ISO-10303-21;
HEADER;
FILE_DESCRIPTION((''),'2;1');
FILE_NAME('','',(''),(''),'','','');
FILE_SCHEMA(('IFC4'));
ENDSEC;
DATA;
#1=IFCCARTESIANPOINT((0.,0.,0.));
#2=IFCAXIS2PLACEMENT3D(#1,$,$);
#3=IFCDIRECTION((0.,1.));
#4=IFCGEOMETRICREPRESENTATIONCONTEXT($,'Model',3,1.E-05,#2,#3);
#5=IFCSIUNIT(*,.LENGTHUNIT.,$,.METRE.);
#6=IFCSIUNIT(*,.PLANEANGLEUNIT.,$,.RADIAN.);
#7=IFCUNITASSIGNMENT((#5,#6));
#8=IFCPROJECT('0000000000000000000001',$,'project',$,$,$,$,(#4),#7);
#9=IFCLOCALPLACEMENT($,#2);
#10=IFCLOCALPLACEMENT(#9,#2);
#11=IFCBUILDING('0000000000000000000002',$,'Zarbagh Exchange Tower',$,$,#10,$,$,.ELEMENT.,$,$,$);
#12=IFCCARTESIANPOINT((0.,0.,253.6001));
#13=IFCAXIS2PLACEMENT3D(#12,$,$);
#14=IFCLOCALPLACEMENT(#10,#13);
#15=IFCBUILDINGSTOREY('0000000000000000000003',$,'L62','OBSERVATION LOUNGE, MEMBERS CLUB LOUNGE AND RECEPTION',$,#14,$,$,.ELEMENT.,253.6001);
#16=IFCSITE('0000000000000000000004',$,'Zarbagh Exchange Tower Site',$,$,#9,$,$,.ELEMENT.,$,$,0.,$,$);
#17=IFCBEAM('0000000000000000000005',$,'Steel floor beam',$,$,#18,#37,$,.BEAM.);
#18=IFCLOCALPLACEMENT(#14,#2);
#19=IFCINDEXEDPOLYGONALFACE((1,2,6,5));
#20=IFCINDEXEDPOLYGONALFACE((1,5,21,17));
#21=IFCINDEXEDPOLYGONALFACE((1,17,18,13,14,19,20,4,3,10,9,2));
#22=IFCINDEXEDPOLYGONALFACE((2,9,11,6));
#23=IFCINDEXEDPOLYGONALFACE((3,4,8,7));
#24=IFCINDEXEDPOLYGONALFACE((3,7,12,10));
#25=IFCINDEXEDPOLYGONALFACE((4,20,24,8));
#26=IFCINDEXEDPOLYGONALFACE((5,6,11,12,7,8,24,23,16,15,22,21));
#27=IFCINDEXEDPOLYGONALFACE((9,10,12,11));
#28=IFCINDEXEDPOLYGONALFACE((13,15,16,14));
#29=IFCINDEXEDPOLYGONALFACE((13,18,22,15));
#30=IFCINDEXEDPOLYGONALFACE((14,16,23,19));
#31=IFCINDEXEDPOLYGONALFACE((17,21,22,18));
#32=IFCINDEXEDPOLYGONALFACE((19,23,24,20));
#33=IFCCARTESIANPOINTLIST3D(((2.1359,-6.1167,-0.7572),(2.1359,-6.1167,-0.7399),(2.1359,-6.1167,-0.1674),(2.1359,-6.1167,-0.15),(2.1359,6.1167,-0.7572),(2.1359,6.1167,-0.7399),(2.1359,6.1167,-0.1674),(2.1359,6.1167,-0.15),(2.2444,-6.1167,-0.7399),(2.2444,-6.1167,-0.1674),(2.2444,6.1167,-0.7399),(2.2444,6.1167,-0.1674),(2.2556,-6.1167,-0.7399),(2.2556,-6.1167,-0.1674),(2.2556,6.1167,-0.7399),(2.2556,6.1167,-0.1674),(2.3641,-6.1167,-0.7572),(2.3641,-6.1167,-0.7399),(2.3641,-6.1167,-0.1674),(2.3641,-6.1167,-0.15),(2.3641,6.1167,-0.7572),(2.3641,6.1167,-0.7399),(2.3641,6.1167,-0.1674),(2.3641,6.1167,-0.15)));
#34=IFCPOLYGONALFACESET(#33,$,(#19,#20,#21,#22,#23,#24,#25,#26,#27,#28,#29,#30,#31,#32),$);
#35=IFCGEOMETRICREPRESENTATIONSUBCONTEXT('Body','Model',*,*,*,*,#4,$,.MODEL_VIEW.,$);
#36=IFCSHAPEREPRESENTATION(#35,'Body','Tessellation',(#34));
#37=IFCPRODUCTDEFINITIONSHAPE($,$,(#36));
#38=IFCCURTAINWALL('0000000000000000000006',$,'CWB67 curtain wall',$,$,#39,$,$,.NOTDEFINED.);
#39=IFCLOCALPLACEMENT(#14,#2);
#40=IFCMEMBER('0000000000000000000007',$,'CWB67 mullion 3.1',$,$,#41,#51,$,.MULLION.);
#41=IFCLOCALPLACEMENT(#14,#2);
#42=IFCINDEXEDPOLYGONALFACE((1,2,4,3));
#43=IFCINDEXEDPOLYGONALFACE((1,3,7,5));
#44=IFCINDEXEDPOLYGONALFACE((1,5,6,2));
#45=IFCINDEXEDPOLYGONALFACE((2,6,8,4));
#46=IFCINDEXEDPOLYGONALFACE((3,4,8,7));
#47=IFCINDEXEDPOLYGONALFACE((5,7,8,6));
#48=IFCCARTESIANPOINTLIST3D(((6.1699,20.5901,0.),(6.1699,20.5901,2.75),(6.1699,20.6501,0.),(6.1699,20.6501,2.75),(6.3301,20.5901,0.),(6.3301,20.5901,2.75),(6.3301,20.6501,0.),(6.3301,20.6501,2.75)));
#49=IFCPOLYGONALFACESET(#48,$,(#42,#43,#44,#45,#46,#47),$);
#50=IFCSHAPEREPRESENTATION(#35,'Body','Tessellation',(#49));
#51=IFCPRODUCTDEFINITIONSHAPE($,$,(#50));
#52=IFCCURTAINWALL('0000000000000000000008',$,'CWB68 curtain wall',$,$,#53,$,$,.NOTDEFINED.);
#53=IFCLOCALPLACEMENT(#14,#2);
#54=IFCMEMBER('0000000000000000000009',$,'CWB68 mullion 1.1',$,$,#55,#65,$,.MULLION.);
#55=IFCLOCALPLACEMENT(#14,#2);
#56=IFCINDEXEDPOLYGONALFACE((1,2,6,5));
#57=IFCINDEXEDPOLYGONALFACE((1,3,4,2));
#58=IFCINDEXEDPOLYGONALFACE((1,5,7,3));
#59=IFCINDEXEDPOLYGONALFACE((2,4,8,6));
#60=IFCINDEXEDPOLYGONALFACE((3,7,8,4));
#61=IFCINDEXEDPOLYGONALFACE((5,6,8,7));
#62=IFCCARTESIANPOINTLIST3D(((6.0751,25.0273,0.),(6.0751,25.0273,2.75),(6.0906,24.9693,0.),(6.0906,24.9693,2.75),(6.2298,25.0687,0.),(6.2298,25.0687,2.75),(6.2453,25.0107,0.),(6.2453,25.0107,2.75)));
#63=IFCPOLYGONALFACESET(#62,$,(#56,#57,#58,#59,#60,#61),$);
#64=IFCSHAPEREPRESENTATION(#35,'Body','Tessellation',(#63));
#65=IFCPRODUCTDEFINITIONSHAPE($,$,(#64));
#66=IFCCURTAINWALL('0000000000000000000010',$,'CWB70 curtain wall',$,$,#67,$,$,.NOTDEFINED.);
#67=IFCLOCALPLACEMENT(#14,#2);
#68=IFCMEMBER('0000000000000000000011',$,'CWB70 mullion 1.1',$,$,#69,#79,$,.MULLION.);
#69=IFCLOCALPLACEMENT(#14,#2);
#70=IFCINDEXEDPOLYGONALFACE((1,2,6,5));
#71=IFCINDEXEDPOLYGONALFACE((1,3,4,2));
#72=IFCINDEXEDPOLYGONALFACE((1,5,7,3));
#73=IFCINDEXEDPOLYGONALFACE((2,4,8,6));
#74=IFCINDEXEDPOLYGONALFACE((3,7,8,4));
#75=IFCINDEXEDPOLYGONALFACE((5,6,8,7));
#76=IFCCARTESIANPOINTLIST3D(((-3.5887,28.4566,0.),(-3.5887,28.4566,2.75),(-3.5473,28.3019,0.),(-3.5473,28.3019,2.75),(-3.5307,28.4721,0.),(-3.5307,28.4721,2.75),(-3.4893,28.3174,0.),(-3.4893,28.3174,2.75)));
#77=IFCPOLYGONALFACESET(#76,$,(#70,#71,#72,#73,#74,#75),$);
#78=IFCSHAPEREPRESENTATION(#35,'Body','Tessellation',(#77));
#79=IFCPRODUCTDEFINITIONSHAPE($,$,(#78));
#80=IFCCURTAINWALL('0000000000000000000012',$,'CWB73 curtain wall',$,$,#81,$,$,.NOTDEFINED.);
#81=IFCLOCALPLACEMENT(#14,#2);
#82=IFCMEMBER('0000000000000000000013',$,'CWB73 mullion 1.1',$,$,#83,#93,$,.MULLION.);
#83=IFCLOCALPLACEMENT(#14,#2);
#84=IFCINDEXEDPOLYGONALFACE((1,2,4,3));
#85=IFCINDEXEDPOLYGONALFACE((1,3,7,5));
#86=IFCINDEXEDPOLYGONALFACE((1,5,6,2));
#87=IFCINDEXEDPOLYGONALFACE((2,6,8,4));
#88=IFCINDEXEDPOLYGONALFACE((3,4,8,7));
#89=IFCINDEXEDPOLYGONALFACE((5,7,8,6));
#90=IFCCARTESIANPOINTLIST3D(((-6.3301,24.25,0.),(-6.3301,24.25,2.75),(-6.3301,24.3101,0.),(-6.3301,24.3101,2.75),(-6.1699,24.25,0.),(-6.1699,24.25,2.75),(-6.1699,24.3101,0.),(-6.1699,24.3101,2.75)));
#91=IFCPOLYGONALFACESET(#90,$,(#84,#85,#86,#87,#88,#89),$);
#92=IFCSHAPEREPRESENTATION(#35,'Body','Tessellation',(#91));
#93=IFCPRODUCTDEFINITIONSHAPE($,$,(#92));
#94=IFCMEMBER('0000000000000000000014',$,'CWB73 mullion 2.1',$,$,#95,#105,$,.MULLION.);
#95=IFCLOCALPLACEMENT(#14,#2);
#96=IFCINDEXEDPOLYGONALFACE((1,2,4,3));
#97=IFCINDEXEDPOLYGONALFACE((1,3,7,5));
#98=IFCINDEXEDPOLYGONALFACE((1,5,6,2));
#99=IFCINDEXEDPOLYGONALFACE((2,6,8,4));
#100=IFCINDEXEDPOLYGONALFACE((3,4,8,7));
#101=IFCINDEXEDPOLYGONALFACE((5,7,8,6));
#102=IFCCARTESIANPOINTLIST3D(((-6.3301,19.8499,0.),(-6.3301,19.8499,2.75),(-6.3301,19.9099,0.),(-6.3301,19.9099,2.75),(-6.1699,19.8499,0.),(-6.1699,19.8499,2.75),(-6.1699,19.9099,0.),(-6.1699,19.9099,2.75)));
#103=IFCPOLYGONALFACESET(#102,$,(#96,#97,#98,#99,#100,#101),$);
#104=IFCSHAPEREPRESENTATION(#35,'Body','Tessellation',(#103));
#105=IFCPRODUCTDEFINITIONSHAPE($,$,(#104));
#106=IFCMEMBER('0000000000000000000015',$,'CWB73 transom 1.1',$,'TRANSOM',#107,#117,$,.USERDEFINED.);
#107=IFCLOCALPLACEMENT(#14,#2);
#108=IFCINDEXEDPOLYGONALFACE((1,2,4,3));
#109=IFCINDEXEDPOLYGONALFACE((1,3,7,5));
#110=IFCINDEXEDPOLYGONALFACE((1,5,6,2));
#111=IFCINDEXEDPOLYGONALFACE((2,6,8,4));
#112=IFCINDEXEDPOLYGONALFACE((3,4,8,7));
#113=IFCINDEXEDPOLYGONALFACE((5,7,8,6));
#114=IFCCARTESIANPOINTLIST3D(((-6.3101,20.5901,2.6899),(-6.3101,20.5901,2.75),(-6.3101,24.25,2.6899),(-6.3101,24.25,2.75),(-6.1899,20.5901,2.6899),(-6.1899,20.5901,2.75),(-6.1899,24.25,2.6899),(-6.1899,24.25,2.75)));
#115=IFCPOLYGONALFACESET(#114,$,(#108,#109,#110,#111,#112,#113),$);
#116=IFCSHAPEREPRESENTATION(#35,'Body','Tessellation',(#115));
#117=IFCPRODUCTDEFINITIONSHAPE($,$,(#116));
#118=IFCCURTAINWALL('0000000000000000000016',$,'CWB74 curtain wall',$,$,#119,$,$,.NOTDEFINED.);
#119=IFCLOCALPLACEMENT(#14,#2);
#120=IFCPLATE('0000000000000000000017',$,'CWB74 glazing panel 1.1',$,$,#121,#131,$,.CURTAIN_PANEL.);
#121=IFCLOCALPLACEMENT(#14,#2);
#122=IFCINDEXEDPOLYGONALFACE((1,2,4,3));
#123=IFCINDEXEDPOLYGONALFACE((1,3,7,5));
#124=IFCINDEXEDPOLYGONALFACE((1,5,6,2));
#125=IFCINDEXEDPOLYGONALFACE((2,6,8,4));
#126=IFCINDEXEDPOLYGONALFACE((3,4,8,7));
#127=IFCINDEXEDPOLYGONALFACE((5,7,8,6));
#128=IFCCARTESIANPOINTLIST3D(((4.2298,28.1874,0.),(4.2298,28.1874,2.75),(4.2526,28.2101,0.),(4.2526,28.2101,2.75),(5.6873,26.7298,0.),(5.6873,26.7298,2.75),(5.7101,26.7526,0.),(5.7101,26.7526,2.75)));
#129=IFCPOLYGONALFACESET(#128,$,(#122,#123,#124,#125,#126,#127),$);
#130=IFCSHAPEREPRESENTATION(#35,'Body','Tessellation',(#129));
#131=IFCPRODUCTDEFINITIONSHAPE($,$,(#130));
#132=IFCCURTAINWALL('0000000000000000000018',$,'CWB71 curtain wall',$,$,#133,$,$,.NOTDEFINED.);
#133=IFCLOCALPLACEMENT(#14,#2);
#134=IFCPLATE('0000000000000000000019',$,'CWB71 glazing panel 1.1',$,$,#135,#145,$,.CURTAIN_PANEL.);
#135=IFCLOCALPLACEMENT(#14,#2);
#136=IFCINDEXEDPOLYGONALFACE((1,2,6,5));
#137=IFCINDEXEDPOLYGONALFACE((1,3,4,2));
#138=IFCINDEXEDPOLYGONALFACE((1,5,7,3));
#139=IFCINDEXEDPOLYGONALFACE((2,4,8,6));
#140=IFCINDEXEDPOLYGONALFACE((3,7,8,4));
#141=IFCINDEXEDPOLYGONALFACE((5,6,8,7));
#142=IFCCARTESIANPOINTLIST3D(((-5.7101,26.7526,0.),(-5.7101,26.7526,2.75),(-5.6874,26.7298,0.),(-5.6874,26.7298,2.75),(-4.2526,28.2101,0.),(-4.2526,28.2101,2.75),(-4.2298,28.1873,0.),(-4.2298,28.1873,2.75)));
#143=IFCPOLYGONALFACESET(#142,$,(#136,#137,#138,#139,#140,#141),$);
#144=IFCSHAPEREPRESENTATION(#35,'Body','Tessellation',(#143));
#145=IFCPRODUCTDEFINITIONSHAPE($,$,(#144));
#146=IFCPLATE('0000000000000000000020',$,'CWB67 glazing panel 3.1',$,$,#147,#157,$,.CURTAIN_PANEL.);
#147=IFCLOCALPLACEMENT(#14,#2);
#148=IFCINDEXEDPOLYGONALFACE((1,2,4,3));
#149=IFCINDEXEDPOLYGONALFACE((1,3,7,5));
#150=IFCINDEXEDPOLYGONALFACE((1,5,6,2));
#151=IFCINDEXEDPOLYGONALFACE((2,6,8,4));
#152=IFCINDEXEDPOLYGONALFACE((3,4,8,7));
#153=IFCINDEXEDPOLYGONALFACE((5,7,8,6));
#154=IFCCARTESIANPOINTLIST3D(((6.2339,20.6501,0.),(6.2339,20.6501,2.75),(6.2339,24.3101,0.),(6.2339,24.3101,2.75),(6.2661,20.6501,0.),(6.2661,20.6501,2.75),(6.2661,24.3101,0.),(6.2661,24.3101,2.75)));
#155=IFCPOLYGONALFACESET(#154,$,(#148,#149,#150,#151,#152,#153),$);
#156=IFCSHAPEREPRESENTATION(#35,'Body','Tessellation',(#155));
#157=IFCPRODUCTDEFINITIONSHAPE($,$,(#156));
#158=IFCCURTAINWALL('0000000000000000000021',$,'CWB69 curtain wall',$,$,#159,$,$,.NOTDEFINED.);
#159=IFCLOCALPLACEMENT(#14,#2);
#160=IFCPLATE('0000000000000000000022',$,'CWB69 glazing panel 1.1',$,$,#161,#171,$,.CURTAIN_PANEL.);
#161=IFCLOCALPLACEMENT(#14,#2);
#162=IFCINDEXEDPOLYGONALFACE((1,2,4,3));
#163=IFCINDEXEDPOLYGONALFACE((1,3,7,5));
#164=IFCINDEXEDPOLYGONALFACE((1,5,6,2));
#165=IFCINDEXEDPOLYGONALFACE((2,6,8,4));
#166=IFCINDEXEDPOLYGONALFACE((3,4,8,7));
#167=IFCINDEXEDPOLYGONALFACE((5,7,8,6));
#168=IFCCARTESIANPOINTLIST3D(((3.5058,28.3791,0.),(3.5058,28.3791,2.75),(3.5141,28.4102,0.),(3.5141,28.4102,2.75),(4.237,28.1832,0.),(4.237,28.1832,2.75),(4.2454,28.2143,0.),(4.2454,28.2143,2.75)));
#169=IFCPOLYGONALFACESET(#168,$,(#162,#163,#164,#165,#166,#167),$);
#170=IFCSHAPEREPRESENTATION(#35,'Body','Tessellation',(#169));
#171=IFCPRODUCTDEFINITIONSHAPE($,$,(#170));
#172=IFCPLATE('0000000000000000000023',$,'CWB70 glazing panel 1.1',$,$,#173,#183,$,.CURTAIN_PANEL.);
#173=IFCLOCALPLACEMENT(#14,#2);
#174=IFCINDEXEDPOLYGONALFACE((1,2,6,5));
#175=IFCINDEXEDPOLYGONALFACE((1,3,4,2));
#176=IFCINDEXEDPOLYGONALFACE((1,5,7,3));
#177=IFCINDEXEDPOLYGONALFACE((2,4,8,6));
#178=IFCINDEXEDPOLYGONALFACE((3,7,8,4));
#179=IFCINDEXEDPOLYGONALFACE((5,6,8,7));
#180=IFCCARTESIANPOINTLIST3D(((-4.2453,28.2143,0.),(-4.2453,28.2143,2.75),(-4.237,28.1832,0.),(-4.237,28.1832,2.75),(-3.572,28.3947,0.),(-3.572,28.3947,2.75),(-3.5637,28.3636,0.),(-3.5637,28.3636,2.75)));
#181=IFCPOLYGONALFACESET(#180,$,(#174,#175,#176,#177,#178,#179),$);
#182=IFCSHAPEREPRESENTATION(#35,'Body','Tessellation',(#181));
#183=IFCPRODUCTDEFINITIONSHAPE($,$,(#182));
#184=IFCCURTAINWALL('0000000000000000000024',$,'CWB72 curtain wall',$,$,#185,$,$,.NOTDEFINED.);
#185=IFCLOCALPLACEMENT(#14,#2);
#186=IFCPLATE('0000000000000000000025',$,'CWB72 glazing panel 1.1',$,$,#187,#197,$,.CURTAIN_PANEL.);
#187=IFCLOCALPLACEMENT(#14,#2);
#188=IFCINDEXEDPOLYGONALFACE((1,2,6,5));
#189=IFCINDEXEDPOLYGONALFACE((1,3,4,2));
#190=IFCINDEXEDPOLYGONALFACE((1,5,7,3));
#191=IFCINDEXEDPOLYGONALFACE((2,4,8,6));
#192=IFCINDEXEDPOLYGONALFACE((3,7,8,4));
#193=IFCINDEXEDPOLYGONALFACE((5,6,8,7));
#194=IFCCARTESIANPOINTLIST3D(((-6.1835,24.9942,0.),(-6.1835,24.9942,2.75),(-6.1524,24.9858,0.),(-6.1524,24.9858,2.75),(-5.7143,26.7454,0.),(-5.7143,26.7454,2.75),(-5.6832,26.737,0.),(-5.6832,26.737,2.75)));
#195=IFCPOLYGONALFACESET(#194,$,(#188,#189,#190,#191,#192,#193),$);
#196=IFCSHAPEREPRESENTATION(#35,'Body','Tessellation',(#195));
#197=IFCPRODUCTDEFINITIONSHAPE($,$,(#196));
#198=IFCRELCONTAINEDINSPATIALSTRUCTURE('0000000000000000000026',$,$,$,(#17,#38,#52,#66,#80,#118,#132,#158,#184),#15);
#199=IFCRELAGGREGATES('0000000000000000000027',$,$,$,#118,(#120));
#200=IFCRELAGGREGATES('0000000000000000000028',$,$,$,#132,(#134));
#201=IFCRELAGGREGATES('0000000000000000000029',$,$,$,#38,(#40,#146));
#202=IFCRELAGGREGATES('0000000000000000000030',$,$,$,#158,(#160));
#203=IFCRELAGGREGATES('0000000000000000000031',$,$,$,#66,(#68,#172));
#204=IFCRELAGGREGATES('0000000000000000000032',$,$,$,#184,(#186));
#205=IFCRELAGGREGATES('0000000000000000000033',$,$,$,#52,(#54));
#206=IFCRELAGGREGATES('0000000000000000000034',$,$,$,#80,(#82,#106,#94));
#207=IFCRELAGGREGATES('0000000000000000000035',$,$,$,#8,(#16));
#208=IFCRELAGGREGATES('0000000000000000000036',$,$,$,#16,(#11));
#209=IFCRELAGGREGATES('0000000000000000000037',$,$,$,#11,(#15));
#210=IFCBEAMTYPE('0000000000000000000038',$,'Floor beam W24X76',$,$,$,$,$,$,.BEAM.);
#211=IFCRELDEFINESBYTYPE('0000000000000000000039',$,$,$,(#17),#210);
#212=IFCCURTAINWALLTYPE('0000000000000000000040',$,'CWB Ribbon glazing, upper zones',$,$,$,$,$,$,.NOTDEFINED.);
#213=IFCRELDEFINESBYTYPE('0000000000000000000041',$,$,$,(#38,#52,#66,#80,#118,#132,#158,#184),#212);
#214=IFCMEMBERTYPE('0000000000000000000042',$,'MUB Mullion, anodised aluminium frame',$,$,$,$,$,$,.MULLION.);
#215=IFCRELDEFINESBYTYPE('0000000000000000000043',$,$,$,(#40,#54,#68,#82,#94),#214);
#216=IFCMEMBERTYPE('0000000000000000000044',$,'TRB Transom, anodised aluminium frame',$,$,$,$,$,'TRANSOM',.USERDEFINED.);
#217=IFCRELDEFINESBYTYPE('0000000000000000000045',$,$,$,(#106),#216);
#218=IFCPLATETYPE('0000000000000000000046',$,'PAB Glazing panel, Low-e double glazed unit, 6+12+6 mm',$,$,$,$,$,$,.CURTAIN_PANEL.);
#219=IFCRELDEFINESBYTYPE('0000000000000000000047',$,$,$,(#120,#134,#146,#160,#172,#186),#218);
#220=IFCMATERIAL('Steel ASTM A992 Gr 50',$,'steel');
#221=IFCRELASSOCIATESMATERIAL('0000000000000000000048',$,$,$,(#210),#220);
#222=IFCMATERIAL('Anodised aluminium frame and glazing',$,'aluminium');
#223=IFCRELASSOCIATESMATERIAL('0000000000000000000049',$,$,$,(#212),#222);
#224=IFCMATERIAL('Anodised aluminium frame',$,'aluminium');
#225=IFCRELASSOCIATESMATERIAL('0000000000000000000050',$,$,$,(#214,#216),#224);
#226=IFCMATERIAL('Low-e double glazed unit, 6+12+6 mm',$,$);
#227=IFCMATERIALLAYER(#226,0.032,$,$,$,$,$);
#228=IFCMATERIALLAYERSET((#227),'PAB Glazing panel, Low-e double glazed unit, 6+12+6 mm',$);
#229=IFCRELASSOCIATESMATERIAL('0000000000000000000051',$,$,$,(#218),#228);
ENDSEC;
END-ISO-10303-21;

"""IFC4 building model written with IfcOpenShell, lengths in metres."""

from ifc_helpers import new_model, si_unit, direction, frame, origin, origin_2d, place, context, subcontext, project, spatial, polyline, i_section, outline, extrude, source, transform, mapped, material, layer, layer_set, material_profile, profile_set, type_object, element, aggregate, save


model = new_model("IFC4")

# Units and contexts
model_context = context("Model", 3, precision=1e-05, world=origin(), true_north=direction((0.0, 1.0)))
body_context = subcontext(model_context, "Body", "Model", "MODEL_VIEW")
ifc_project = project(units=[si_unit("LENGTHUNIT", "METRE"), si_unit("PLANEANGLEUNIT", "RADIAN")], contexts=[model_context])

# Site, building, storey
site_placement = place(None, origin())
site = spatial("IfcSite", under=ifc_project, at=site_placement, Name="Zarbagh Exchange Tower Site", CompositionType="ELEMENT", RefElevation=0.0)
building_placement = place(site_placement, origin())
building = spatial("IfcBuilding", under=site, at=building_placement, Name="Zarbagh Exchange Tower", CompositionType="ELEMENT")
storey_placement = place(building_placement, frame((0.0, 0.0, 253.6001)))
storey = spatial("IfcBuildingStorey", under=building, at=storey_placement, Name="L62", Description="OBSERVATION LOUNGE, MEMBERS CLUB LOUNGE AND RECEPTION", CompositionType="ELEMENT", Elevation=253.6001)

# Beam
ifc_material_1 = material(Name="Steel ASTM A992 Gr 50", Category="steel")
ifc_material_profile = material_profile(ifc_material_1, i_section(OverallWidth=0.2283, OverallDepth=0.6072, WebThickness=0.0112, FlangeThickness=0.0173, at=origin_2d()), Name="W24X76")
ifc_profile_set = profile_set([ifc_material_profile], Name="Steel ASTM A992 Gr 50")
beam_type = type_object("IfcBeamType", Name="Floor beam W24X76", PredefinedType="BEAM", material=ifc_profile_set)
beam_placement = place(storey_placement, frame((2.25, -6.1167, -0.4536), z_axis=(0.0, 1.0, 0.0), x_axis=(-1.0, 0.0, 0.0)))
element("IfcBeam", 1, at=beam_placement, inside=storey, type_object=beam_type, Name="Steel floor beam", PredefinedType="BEAM", context=body_context, shape_type="SweptSolid", body=[
    extrude(i_section(OverallWidth=0.2283, OverallDepth=0.6072, WebThickness=0.0112, FlangeThickness=0.0173, at=origin_2d()), origin(), (0.0, 0.0, 1.0), 12.2334),
])

# Curtain walls, members
ifc_material_2 = material(Name="Anodised aluminium frame and glazing", Category="aluminium")
curtain_wall_type = type_object("IfcCurtainWallType", Name="CWB Ribbon glazing, upper zones", PredefinedType="NOTDEFINED", material=ifc_material_2)
curtain_wall_1_placement = place(storey_placement, origin())
curtain_wall_1 = element("IfcCurtainWall", 2, at=curtain_wall_1_placement, inside=storey, type_object=curtain_wall_type, Name="CWB67 curtain wall", PredefinedType="NOTDEFINED")
ifc_material_3 = material(Name="Anodised aluminium frame", Category="aluminium")
member_type_1 = type_object("IfcMemberType", Name="MUB Mullion, anodised aluminium frame", PredefinedType="MULLION", material=ifc_material_3)
shared_shape_1 = source(origin(), body_context, "Body", "SweptSolid", [
    extrude(outline(polyline([(0.0, -0.0801), (0.0601, -0.0801), (0.0601, 0.0801), (0.0, 0.0801), (0.0, -0.0801)])), origin(), (0.0, 0.0, 1.0), 2.75),
])
placement = place(storey_placement, origin())
member_1 = element("IfcMember", 3, at=placement, type_object=member_type_1, Name="CWB67 mullion 3.1", PredefinedType="MULLION", context=body_context, shape_type="MappedRepresentation", body=[
    mapped(shared_shape_1, transform((6.25, 20.5901, 0.0), x_axis=(0.0, 1.0, 0.0), y_axis=(-1.0, 0.0, 0.0), z_axis=(0.0, 0.0, 1.0))),
])
curtain_wall_2_placement = place(storey_placement, origin())
curtain_wall_2 = element("IfcCurtainWall", 4, at=curtain_wall_2_placement, inside=storey, type_object=curtain_wall_type, Name="CWB68 curtain wall", PredefinedType="NOTDEFINED")
member_2 = element("IfcMember", 5, at=placement, type_object=member_type_1, Name="CWB68 mullion 1.1", PredefinedType="MULLION", context=body_context, shape_type="MappedRepresentation", body=[
    mapped(shared_shape_1, transform((6.168, 24.99, 0.0), x_axis=(-0.258825, 0.965924, 0.0), y_axis=(-0.965924, -0.258825, 0.0), z_axis=(0.0, 0.0, 1.0))),
])
curtain_wall_3_placement = place(storey_placement, origin())
curtain_wall_3 = element("IfcCurtainWall", 6, at=curtain_wall_3_placement, inside=storey, type_object=curtain_wall_type, Name="CWB70 curtain wall", PredefinedType="NOTDEFINED")
member_3 = element("IfcMember", 7, at=placement, type_object=member_type_1, Name="CWB70 mullion 1.1", PredefinedType="MULLION", context=body_context, shape_type="MappedRepresentation", body=[
    mapped(shared_shape_1, transform((-3.51, 28.3948, 0.0), x_axis=(-0.965924, -0.258825, 0.0), y_axis=(0.258825, -0.965924, 0.0), z_axis=(0.0, 0.0, 1.0))),
])

# Curtain wall, members
curtain_wall_4_placement = place(storey_placement, origin())
curtain_wall_4 = element("IfcCurtainWall", 8, at=curtain_wall_4_placement, inside=storey, type_object=curtain_wall_type, Name="CWB73 curtain wall", PredefinedType="NOTDEFINED")
member_4 = element("IfcMember", 9, at=placement, type_object=member_type_1, Name="CWB73 mullion 1.1", PredefinedType="MULLION", context=body_context, shape_type="MappedRepresentation", body=[
    mapped(shared_shape_1, transform((-6.25, 24.3101, 0.0), x_axis=(0.0, -1.0, 0.0), y_axis=(1.0, 0.0, 0.0), z_axis=(0.0, 0.0, 1.0))),
])
member_5 = element("IfcMember", 10, at=placement, type_object=member_type_1, Name="CWB73 mullion 2.1", PredefinedType="MULLION", context=body_context, shape_type="MappedRepresentation", body=[
    mapped(shared_shape_1, transform((-6.25, 19.9099, 0.0), x_axis=(0.0, -1.0, 0.0), y_axis=(1.0, 0.0, 0.0), z_axis=(0.0, 0.0, 1.0))),
])
member_type_2 = type_object("IfcMemberType", Name="TRB Transom, anodised aluminium frame", ElementType="TRANSOM", PredefinedType="USERDEFINED", material=ifc_material_3)
shared_shape_2 = source(origin(), body_context, "Body", "SweptSolid", [
    extrude(outline(polyline([(-0.0601, -0.0601), (0.0, -0.0601), (0.0, 0.0601), (-0.0601, 0.0601), (-0.0601, -0.0601)])), origin(), (0.0, 0.0, 1.0), 3.6599),
])
member_6 = element("IfcMember", 11, at=placement, type_object=member_type_2, Name="CWB73 transom 1.1", ObjectType="TRANSOM", PredefinedType="USERDEFINED", context=body_context, shape_type="MappedRepresentation", body=[
    mapped(shared_shape_2, transform((-6.25, 24.25, 2.75), x_axis=(0.0, 0.0, 1.0), y_axis=(-1.0, 0.0, 0.0), z_axis=(0.0, -1.0, 0.0))),
])

# Curtain walls, plates
curtain_wall_5_placement = place(storey_placement, origin())
curtain_wall_5 = element("IfcCurtainWall", 12, at=curtain_wall_5_placement, inside=storey, type_object=curtain_wall_type, Name="CWB74 curtain wall", PredefinedType="NOTDEFINED")
ifc_material_4 = material(Name="Low-e double glazed unit, 6+12+6 mm")
ifc_layer_1 = layer(ifc_material_4, 0.032)
ifc_layer_set_1 = layer_set([ifc_layer_1], Name="PAB Glazing panel, Low-e double glazed unit, 6+12+6 mm")
plate_type = type_object("IfcPlateType", Name="PAB Glazing panel, Low-e double glazed unit, 6+12+6 mm", PredefinedType="CURTAIN_PANEL", material=ifc_layer_set_1)
shared_shape_3 = source(origin(), body_context, "Body", "SweptSolid", [
    extrude(outline(polyline([(0.0, -0.0161), (2.0613, -0.0161), (2.0613, 0.0161), (0.0, 0.0161), (0.0, -0.0161)])), origin(), (0.0, 0.0, 1.0), 2.75),
])
plate_1 = element("IfcPlate", 13, at=placement, type_object=plate_type, Name="CWB74 glazing panel 1.1", PredefinedType="CURTAIN_PANEL", context=body_context, shape_type="MappedRepresentation", body=[
    mapped(shared_shape_3, transform((5.6987, 26.7412, 0.0), x_axis=(-0.707107, 0.707107, 0.0), y_axis=(-0.707107, -0.707107, 0.0), z_axis=(0.0, 0.0, 1.0))),
])
aggregate(curtain_wall_5, [plate_1])
curtain_wall_6_placement = place(storey_placement, origin())
curtain_wall_6 = element("IfcCurtainWall", 14, at=curtain_wall_6_placement, inside=storey, type_object=curtain_wall_type, Name="CWB71 curtain wall", PredefinedType="NOTDEFINED")
plate_2 = element("IfcPlate", 15, at=placement, type_object=plate_type, Name="CWB71 glazing panel 1.1", PredefinedType="CURTAIN_PANEL", context=body_context, shape_type="MappedRepresentation", body=[
    mapped(shared_shape_3, transform((-4.2412, 28.1987, 0.0), x_axis=(-0.707107, -0.707107, 0.0), y_axis=(0.707107, -0.707107, 0.0), z_axis=(0.0, 0.0, 1.0))),
])
aggregate(curtain_wall_6, [plate_2])

# Plate
shared_shape_4 = source(origin(), body_context, "Body", "SweptSolid", [
    extrude(outline(polyline([(0.0, -0.0161), (3.6599, -0.0161), (3.6599, 0.0161), (0.0, 0.0161), (0.0, -0.0161)])), origin(), (0.0, 0.0, 1.0), 2.75),
])
plate_3 = element("IfcPlate", 16, at=placement, type_object=plate_type, Name="CWB67 glazing panel 3.1", PredefinedType="CURTAIN_PANEL", context=body_context, shape_type="MappedRepresentation", body=[
    mapped(shared_shape_4, transform((6.25, 20.6501, 0.0), x_axis=(0.0, 1.0, 0.0), y_axis=(-1.0, 0.0, 0.0), z_axis=(0.0, 0.0, 1.0))),
])
aggregate(curtain_wall_1, [member_1, plate_3])

# Curtain wall, plate
curtain_wall_7_placement = place(storey_placement, origin())
curtain_wall_7 = element("IfcCurtainWall", 17, at=curtain_wall_7_placement, inside=storey, type_object=curtain_wall_type, Name="CWB69 curtain wall", PredefinedType="NOTDEFINED")
shared_shape_5 = source(origin(), body_context, "Body", "SweptSolid", [
    extrude(outline(polyline([(0.0, -0.0161), (0.7571, -0.0161), (0.7571, 0.0161), (0.0, 0.0161), (0.0, -0.0161)])), origin(), (0.0, 0.0, 1.0), 2.75),
])
plate_4 = element("IfcPlate", 18, at=placement, type_object=plate_type, Name="CWB69 glazing panel 1.1", PredefinedType="CURTAIN_PANEL", context=body_context, shape_type="MappedRepresentation", body=[
    mapped(shared_shape_5, transform((4.2412, 28.1987, 0.0), x_axis=(-0.965924, 0.258825, 0.0), y_axis=(-0.258825, -0.965924, 0.0), z_axis=(0.0, 0.0, 1.0))),
])
aggregate(curtain_wall_7, [plate_4])

# Plate
shared_shape_6 = source(origin(), body_context, "Body", "SweptSolid", [
    extrude(outline(polyline([(0.0, -0.0161), (0.697, -0.0161), (0.697, 0.0161), (0.0, 0.0161), (0.0, -0.0161)])), origin(), (0.0, 0.0, 1.0), 2.75),
])
plate_5 = element("IfcPlate", 19, at=placement, type_object=plate_type, Name="CWB70 glazing panel 1.1", PredefinedType="CURTAIN_PANEL", context=body_context, shape_type="MappedRepresentation", body=[
    mapped(shared_shape_6, transform((-3.5679, 28.3792, 0.0), x_axis=(-0.965924, -0.258825, 0.0), y_axis=(0.258825, -0.965924, 0.0), z_axis=(0.0, 0.0, 1.0))),
])
aggregate(curtain_wall_3, [member_3, plate_5])

# Curtain wall, plate
curtain_wall_8_placement = place(storey_placement, origin())
curtain_wall_8 = element("IfcCurtainWall", 20, at=curtain_wall_8_placement, inside=storey, type_object=curtain_wall_type, Name="CWB72 curtain wall", PredefinedType="NOTDEFINED")
shared_shape_7 = source(origin(), body_context, "Body", "SweptSolid", [
    extrude(outline(polyline([(0.0, -0.0161), (1.813, -0.0161), (1.813, 0.0161), (0.0, 0.0161), (0.0, -0.0161)])), origin(), (0.0, 0.0, 1.0), 2.75),
])
plate_6 = element("IfcPlate", 21, at=placement, type_object=plate_type, Name="CWB72 glazing panel 1.1", PredefinedType="CURTAIN_PANEL", context=body_context, shape_type="MappedRepresentation", body=[
    mapped(shared_shape_7, transform((-5.6987, 26.7412, 0.0), x_axis=(-0.258825, -0.965924, 0.0), y_axis=(0.965924, -0.258825, 0.0), z_axis=(0.0, 0.0, 1.0))),
])
aggregate(curtain_wall_8, [plate_6])

aggregate(curtain_wall_2, [member_2])
aggregate(curtain_wall_4, [member_4, member_6, member_5])

save(model, "model.ifc")
